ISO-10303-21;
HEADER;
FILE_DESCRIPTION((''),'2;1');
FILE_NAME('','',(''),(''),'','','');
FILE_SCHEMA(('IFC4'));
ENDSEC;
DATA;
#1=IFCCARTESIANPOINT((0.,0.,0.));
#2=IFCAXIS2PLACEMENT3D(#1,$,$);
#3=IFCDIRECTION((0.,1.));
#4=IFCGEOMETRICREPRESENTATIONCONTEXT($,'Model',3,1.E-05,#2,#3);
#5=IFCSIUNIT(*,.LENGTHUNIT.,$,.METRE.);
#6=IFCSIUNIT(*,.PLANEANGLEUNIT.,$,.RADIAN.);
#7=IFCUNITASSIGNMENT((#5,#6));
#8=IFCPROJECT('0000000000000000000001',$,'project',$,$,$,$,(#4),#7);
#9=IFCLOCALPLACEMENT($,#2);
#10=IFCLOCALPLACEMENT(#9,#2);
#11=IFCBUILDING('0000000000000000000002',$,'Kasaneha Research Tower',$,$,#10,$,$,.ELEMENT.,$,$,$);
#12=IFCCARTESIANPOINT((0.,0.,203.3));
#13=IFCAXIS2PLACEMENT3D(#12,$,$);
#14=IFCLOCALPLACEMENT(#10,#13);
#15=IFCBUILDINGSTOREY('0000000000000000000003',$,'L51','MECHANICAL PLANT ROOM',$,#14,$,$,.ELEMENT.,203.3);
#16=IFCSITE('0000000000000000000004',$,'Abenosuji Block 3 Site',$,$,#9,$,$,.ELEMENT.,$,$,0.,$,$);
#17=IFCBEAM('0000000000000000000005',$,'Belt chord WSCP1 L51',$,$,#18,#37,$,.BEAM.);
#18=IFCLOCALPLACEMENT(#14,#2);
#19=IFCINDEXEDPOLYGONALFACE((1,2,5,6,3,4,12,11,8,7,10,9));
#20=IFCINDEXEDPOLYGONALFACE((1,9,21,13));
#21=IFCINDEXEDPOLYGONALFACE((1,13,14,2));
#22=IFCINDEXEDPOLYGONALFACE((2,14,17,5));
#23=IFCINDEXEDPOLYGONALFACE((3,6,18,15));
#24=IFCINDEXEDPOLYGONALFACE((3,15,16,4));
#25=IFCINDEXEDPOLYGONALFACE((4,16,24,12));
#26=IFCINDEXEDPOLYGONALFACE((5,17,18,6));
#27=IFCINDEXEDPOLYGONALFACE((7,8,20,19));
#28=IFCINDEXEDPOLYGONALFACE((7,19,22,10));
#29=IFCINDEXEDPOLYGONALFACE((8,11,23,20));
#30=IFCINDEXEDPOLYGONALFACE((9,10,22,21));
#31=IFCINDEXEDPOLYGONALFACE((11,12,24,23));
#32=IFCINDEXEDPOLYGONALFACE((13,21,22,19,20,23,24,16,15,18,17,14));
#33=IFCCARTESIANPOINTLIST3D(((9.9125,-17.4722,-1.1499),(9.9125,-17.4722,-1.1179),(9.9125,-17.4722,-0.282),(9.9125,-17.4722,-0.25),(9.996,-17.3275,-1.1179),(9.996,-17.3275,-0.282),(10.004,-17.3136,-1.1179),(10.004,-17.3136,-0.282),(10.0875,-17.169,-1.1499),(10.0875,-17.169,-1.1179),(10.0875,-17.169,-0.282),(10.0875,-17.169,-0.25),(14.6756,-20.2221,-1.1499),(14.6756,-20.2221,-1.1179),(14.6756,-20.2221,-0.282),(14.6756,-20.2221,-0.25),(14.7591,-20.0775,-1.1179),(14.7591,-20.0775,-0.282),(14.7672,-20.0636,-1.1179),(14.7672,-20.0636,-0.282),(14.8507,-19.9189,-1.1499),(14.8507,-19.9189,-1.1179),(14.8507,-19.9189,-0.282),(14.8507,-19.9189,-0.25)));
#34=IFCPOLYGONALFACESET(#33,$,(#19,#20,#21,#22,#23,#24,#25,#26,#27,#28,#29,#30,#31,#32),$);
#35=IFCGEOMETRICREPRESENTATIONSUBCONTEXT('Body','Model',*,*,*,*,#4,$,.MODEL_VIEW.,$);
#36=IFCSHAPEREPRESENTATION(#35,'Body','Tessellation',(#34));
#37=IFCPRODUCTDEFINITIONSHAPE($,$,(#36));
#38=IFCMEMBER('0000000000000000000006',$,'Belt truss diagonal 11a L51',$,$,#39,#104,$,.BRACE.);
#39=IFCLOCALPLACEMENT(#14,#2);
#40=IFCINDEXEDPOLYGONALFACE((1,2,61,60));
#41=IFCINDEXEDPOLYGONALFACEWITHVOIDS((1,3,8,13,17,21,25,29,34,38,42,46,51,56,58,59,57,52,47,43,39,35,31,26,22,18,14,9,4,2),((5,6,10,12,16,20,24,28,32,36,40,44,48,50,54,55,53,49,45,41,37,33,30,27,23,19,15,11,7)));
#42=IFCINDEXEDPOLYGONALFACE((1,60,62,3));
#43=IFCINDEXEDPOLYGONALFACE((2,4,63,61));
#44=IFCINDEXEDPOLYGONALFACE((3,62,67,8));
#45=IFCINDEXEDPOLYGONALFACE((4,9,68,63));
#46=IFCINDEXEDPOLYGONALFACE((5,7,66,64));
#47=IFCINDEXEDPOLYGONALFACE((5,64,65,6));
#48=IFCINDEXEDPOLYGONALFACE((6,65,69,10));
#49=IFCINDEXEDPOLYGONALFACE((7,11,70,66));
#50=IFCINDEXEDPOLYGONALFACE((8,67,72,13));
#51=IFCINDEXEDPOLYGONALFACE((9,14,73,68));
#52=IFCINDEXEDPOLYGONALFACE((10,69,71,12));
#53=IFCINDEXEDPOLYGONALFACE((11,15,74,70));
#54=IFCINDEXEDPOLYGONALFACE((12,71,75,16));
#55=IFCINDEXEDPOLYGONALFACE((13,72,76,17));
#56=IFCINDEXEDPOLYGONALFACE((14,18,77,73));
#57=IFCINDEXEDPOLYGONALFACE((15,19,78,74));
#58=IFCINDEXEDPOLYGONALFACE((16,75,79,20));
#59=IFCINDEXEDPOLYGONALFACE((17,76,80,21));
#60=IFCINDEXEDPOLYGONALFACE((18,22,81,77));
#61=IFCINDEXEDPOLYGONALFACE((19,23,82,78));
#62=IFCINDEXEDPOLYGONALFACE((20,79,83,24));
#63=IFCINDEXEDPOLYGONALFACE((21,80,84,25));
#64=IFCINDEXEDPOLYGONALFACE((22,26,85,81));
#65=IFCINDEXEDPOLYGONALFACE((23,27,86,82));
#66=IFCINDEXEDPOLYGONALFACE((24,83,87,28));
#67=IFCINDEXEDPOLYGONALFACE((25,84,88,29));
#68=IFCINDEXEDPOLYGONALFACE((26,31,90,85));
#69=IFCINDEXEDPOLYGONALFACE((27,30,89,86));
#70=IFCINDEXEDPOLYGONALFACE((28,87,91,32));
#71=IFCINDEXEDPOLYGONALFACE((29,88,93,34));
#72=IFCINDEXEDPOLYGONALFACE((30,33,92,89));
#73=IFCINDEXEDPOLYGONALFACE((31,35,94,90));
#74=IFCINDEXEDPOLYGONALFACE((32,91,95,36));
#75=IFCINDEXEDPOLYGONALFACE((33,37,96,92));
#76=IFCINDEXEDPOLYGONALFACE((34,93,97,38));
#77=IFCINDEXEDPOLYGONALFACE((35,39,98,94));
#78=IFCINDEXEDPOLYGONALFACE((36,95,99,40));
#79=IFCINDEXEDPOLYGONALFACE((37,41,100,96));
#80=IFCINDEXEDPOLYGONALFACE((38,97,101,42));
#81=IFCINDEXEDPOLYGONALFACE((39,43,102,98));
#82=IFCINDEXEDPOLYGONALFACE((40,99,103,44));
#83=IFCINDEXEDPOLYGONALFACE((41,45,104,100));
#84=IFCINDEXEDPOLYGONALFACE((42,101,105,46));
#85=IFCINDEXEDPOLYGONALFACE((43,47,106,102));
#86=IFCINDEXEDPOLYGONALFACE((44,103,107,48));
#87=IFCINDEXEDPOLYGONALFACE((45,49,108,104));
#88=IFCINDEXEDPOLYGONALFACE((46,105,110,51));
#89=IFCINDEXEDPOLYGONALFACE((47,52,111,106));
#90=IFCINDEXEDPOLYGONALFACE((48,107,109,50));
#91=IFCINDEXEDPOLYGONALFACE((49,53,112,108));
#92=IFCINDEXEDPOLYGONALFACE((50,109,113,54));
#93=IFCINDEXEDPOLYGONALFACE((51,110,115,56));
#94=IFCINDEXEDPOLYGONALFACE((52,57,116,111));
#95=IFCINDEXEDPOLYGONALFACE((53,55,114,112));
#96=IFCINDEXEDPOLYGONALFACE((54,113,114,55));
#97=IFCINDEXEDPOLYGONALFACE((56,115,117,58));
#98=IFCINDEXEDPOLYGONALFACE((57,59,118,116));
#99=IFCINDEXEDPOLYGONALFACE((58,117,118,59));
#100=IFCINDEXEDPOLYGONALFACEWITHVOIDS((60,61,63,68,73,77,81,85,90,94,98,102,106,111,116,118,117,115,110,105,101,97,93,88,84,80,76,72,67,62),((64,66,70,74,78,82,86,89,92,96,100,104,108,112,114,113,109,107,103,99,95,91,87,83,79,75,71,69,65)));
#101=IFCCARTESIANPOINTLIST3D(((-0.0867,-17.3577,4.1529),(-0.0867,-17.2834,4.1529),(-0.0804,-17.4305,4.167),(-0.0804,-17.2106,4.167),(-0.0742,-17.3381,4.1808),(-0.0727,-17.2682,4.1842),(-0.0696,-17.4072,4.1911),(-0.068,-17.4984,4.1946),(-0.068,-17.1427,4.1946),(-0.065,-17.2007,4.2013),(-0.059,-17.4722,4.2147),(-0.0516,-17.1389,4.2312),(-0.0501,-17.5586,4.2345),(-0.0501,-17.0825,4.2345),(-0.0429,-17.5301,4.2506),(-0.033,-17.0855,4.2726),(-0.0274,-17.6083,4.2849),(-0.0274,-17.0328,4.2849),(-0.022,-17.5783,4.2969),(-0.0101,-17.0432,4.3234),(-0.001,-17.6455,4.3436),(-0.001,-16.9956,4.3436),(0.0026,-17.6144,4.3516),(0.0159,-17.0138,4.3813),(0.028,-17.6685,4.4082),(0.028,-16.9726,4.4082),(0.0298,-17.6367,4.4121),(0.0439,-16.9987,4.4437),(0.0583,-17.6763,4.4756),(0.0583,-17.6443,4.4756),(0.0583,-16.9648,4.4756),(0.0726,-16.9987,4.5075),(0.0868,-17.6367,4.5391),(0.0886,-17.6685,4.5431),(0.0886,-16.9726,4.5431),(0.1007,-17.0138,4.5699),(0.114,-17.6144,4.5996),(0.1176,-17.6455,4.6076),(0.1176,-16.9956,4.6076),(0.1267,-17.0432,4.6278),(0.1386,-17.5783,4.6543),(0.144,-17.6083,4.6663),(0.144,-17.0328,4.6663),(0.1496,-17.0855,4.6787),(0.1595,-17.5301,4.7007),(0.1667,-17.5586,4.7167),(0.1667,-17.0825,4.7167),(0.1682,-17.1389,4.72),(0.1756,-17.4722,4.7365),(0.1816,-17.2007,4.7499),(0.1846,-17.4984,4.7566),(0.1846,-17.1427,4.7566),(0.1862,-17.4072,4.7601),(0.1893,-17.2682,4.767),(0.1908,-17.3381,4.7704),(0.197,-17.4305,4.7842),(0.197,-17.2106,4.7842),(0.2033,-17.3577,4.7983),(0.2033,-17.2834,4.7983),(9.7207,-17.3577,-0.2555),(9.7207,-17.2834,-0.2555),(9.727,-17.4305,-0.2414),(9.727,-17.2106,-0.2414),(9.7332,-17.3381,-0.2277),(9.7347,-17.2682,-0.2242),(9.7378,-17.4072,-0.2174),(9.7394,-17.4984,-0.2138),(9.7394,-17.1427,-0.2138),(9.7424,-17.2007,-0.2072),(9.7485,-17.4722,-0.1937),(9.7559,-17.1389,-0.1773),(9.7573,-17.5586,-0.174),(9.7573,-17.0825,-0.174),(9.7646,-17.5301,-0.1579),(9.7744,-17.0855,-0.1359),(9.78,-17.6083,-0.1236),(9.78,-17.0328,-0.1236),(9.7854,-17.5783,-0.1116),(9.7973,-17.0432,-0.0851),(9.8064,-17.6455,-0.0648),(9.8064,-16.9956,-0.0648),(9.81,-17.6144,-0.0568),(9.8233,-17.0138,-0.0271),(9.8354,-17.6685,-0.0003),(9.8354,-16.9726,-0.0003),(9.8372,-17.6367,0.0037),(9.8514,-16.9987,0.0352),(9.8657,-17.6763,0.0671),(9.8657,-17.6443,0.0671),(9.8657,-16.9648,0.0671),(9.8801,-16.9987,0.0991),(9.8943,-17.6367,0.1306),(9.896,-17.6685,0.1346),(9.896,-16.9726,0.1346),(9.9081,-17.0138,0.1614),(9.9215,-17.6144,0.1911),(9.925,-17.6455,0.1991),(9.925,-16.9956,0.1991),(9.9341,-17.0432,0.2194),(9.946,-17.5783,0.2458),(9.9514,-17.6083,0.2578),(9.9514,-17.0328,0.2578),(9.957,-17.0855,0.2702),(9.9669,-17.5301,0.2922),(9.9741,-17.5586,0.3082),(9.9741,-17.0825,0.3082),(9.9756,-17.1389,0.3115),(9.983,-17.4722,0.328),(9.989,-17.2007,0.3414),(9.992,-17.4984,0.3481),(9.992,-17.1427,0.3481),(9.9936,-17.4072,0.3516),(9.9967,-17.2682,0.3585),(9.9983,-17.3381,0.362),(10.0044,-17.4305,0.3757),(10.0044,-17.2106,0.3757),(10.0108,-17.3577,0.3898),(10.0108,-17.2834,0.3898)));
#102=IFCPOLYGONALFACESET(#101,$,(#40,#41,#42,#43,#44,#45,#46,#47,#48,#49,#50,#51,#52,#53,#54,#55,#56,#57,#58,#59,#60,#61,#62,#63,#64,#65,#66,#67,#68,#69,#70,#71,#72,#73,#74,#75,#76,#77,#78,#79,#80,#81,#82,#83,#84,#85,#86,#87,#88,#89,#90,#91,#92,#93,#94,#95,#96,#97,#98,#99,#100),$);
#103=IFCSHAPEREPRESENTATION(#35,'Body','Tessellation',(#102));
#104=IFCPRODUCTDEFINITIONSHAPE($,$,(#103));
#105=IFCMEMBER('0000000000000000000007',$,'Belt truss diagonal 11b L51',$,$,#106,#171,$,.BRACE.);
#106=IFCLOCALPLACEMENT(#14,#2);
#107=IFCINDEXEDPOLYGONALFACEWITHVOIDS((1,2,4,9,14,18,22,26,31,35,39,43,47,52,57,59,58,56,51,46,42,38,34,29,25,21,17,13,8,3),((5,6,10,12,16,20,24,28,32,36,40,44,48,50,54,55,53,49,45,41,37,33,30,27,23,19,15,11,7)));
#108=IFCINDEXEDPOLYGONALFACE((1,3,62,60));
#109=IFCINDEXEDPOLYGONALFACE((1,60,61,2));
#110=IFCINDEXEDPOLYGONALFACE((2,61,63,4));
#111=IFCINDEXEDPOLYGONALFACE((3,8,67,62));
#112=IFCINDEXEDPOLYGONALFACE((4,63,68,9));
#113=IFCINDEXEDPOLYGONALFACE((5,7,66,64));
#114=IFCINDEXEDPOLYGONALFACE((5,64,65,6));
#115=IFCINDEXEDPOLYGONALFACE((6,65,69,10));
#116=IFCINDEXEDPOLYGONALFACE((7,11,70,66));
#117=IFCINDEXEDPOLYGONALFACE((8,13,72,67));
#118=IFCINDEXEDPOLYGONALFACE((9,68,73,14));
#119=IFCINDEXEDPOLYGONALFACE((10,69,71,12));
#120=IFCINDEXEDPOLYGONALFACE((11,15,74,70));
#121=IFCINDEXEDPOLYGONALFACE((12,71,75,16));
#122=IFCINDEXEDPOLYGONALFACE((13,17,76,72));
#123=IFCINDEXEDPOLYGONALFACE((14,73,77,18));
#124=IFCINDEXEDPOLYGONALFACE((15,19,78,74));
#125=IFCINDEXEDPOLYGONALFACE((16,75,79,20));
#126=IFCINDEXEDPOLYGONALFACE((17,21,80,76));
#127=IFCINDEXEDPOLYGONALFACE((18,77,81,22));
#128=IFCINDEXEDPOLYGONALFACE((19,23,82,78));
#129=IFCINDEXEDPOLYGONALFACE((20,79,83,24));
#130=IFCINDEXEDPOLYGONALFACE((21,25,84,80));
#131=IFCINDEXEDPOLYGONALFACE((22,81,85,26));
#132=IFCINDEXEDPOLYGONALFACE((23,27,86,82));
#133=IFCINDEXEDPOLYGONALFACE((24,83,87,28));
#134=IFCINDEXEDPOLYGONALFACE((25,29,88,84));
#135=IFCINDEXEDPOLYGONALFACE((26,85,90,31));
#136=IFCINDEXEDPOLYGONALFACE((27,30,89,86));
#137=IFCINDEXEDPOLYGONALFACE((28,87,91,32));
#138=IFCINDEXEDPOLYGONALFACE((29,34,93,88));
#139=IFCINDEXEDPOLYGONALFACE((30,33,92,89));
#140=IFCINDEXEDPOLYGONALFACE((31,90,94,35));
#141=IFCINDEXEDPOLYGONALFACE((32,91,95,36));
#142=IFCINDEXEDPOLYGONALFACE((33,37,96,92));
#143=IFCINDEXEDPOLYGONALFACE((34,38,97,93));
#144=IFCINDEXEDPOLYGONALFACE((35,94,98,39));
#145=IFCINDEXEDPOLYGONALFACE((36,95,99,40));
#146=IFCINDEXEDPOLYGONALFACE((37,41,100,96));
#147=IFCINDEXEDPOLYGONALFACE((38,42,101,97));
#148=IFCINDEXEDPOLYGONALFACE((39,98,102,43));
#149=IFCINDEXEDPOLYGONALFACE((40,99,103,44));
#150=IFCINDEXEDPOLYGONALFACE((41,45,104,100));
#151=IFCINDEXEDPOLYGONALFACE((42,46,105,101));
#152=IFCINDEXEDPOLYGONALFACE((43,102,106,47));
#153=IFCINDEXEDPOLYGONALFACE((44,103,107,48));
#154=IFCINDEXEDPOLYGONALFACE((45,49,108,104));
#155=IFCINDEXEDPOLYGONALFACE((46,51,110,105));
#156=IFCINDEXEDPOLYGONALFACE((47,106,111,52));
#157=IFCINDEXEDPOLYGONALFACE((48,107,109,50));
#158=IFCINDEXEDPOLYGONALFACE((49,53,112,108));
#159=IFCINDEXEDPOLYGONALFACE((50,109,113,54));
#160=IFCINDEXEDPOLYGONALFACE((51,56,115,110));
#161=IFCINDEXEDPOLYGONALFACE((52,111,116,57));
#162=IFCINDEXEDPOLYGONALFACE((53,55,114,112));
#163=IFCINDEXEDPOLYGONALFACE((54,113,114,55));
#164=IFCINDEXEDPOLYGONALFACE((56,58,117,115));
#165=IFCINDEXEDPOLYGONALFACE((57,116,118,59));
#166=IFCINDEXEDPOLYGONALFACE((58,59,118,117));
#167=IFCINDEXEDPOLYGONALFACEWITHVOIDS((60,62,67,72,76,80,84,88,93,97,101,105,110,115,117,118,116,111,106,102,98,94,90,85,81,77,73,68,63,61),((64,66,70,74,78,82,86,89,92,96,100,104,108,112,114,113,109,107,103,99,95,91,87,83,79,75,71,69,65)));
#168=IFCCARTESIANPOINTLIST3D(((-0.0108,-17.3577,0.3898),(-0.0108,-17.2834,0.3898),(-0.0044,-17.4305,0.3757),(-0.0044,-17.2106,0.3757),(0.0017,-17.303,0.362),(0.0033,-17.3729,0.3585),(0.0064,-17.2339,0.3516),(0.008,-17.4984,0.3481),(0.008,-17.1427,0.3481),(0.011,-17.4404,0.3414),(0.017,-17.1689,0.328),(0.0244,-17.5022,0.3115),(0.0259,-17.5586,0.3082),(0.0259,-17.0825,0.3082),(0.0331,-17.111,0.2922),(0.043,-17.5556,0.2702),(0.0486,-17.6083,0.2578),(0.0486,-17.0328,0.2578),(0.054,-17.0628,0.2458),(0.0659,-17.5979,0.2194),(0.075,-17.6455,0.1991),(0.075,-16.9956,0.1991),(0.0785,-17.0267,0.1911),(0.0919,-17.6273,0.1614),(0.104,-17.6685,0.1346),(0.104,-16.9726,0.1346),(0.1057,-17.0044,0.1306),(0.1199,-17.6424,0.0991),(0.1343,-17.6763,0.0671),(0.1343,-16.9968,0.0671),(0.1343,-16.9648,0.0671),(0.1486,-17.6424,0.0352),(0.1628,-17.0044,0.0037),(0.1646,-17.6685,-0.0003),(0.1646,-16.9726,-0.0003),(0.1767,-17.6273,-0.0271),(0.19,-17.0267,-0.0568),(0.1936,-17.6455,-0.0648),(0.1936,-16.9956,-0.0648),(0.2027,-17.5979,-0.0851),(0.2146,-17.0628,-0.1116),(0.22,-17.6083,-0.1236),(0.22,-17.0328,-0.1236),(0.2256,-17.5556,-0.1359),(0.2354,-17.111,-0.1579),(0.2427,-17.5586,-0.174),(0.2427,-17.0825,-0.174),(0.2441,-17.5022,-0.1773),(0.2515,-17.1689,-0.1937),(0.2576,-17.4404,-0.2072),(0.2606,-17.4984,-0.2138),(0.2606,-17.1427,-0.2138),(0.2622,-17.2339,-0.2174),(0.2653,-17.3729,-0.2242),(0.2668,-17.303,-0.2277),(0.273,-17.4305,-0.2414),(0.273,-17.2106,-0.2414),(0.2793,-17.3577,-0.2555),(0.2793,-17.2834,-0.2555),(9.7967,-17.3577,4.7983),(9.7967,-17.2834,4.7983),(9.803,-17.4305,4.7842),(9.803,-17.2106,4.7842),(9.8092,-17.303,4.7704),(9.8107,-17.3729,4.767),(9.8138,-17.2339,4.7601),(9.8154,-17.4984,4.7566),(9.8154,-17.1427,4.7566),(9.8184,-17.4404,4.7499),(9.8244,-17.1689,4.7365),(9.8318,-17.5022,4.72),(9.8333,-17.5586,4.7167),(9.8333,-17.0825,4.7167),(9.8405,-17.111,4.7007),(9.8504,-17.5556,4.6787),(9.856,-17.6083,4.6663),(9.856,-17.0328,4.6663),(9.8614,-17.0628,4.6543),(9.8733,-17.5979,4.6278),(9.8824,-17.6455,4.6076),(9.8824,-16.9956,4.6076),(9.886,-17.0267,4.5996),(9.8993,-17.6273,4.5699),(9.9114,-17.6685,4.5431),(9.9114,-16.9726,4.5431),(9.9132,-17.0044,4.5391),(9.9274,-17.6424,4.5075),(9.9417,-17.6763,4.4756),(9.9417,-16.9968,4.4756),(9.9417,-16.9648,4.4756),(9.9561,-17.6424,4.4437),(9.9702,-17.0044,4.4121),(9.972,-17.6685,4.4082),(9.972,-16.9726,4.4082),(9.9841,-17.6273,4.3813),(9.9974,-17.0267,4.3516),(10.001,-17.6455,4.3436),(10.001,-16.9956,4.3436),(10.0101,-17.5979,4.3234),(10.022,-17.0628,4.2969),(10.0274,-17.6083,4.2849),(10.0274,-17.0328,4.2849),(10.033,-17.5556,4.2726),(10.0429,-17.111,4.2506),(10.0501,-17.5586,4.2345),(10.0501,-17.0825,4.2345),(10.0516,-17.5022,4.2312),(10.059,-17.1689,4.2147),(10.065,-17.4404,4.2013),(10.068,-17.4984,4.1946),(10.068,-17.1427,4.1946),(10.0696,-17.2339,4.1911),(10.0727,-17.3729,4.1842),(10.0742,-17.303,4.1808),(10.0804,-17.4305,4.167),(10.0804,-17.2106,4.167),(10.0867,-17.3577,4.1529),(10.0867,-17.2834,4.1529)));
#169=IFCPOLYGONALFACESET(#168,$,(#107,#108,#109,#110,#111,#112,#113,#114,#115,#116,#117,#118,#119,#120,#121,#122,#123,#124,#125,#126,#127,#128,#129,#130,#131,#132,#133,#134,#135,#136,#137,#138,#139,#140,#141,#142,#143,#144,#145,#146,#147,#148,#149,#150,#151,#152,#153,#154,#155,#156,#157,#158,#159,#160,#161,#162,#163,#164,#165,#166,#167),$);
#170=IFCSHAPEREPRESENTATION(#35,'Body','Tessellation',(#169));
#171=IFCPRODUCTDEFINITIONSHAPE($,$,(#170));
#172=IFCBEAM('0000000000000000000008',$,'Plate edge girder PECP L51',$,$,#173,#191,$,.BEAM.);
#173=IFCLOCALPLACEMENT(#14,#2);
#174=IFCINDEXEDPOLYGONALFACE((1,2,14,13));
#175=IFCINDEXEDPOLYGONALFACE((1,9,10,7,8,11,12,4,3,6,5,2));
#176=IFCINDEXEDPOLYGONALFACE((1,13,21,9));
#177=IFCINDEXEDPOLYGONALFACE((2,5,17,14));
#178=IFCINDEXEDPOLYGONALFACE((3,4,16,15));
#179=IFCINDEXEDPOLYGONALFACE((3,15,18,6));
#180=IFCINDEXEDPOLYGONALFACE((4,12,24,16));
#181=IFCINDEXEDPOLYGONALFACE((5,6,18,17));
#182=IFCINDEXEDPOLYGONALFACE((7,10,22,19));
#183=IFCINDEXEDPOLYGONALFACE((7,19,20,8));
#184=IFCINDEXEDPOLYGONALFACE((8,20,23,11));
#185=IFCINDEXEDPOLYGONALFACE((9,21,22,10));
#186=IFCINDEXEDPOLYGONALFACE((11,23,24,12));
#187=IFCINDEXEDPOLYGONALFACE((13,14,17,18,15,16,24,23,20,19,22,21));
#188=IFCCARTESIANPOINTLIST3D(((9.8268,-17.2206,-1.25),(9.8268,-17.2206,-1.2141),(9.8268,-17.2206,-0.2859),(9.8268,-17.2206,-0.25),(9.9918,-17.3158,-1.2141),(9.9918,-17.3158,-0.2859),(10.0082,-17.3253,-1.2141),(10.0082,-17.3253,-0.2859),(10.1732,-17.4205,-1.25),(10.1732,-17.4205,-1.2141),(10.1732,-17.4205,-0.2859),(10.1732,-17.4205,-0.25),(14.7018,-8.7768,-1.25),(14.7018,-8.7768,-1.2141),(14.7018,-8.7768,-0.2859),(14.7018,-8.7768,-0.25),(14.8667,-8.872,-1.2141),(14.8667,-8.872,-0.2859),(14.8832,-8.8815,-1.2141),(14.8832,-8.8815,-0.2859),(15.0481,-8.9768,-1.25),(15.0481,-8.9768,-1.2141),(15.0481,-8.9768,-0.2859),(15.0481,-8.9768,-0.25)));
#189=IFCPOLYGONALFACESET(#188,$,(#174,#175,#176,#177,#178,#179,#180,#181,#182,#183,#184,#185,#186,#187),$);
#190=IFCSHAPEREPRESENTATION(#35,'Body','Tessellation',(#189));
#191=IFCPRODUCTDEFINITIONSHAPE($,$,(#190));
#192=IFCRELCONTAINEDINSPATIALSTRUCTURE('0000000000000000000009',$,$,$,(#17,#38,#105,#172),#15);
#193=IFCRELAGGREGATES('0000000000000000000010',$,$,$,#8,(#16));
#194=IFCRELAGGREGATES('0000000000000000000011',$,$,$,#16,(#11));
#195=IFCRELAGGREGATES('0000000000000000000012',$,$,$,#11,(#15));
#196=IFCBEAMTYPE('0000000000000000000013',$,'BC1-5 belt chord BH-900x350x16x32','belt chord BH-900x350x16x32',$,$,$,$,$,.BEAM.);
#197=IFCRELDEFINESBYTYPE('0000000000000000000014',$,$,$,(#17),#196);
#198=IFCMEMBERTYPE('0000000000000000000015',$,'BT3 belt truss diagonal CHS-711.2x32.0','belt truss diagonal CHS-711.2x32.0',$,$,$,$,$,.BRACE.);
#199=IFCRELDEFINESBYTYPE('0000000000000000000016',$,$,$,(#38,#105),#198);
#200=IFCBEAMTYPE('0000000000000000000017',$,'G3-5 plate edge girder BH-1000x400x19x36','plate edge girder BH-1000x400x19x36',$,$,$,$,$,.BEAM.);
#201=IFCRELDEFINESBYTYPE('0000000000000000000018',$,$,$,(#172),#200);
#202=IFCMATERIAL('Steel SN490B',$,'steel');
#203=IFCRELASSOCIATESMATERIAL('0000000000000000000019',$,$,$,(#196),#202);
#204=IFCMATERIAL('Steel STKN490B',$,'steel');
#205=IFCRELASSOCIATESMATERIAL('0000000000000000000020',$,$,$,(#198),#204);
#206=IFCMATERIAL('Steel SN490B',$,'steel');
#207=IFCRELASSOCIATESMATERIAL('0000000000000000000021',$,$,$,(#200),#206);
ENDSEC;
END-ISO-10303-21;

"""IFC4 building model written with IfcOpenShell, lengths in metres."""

from ifc_helpers import new_model, si_unit, direction, frame, origin, origin_2d, place, context, subcontext, project, spatial, hollow_circle, i_section, extrude, material, material_profile, profile_set, type_object, element, save


model = new_model("IFC4")

# Units and contexts
model_context = context("Model", 3, precision=1e-05, world=origin(), true_north=direction((0.0, 1.0)))
body_context = subcontext(model_context, "Body", "Model", "MODEL_VIEW")
ifc_project = project(units=[si_unit("LENGTHUNIT", "METRE"), si_unit("PLANEANGLEUNIT", "RADIAN")], contexts=[model_context])

# Site, building, storey
site_placement = place(None, origin())
site = spatial("IfcSite", under=ifc_project, at=site_placement, Name="Abenosuji Block 3 Site", CompositionType="ELEMENT", RefElevation=0.0)
building_placement = place(site_placement, origin())
building = spatial("IfcBuilding", under=site, at=building_placement, Name="Kasaneha Research Tower", CompositionType="ELEMENT")
storey_placement = place(building_placement, frame((0.0, 0.0, 203.3)))
storey = spatial("IfcBuildingStorey", under=building, at=storey_placement, Name="L51", Description="MECHANICAL PLANT ROOM", CompositionType="ELEMENT", Elevation=203.3)

# Beam
ifc_material_1 = material(Name="Steel SN490B", Category="steel")
ifc_material_profile_1 = material_profile(ifc_material_1, i_section(OverallWidth=0.3501, OverallDepth=0.8999, WebThickness=0.0161, FlangeThickness=0.032, at=origin_2d()), Name="BH-900x350x16x32")
ifc_profile_set_1 = profile_set([ifc_material_profile_1], Name="Steel SN490B")
beam_type_1 = type_object("IfcBeamType", Name="BC1-5 belt chord BH-900x350x16x32", Description="belt chord BH-900x350x16x32", PredefinedType="BEAM", material=ifc_profile_set_1)
beam_1_placement = place(storey_placement, frame((10.0, -17.3206, -0.7), z_axis=(0.866027, -0.499997, 0.0), x_axis=(0.499997, 0.866027, 0.0)))
element("IfcBeam", 1, at=beam_1_placement, inside=storey, type_object=beam_type_1, Name="Belt chord WSCP1 L51", PredefinedType="BEAM", context=body_context, shape_type="SweptSolid", body=[
    extrude(i_section(OverallWidth=0.3501, OverallDepth=0.8999, WebThickness=0.0161, FlangeThickness=0.032, at=origin_2d()), origin(), (0.0, 0.0, 1.0), 5.5),
])

# Members
ifc_material_2 = material(Name="Steel STKN490B", Category="steel")
ifc_material_profile_2 = material_profile(ifc_material_2, hollow_circle(Radius=0.3557, WallThickness=0.032, at=origin_2d()), Name="CHS-711.2x32.0")
ifc_profile_set_2 = profile_set([ifc_material_profile_2], Name="Steel STKN490B")
member_type = type_object("IfcMemberType", Name="BT3 belt truss diagonal CHS-711.2x32.0", Description="belt truss diagonal CHS-711.2x32.0", PredefinedType="BRACE", material=ifc_profile_set_2)
for number, where, z_axis, x_axis, name in (
    (2, (9.8657, -17.3206, 0.0671), (-0.912091, 0.0, 0.409988), (0.0, -1.0, 0.0), "Belt truss diagonal 11a L51"),
    (3, (0.1343, -17.3206, 0.0671), (0.912091, 0.0, 0.409988), (0.0, 1.0, 0.0), "Belt truss diagonal 11b L51"),
):
    element("IfcMember", number, at=place(storey_placement, frame(where, z_axis=z_axis, x_axis=x_axis)), inside=storey, type_object=member_type, Name=name, PredefinedType="BRACE", context=body_context, shape_type="SweptSolid", body=[
        extrude(hollow_circle(Radius=0.3557, WallThickness=0.032, at=origin_2d()), origin(), (0.0, 0.0, 1.0), 10.7527),
    ])

# Beam
ifc_material_3 = material(Name="Steel SN490B", Category="steel")
ifc_material_profile_3 = material_profile(ifc_material_3, i_section(OverallWidth=0.3999, OverallDepth=1.0, WebThickness=0.019, FlangeThickness=0.0359, at=origin_2d()), Name="BH-1000x400x19x36")
ifc_profile_set_3 = profile_set([ifc_material_profile_3], Name="Steel SN490B")
beam_type_2 = type_object("IfcBeamType", Name="G3-5 plate edge girder BH-1000x400x19x36", Description="plate edge girder BH-1000x400x19x36", PredefinedType="BEAM", material=ifc_profile_set_3)
beam_2_placement = place(storey_placement, frame((10.0, -17.3206, -0.75), z_axis=(0.499996, 0.866028, 0.0), x_axis=(-0.866028, 0.499996, 0.0)))
element("IfcBeam", 4, at=beam_2_placement, inside=storey, type_object=beam_type_2, Name="Plate edge girder PECP L51", PredefinedType="BEAM", context=body_context, shape_type="SweptSolid", body=[
    extrude(i_section(OverallWidth=0.3999, OverallDepth=1.0, WebThickness=0.019, FlangeThickness=0.0359, at=origin_2d()), origin(), (0.0, 0.0, 1.0), 9.75),
])

save(model, "model.ifc")
